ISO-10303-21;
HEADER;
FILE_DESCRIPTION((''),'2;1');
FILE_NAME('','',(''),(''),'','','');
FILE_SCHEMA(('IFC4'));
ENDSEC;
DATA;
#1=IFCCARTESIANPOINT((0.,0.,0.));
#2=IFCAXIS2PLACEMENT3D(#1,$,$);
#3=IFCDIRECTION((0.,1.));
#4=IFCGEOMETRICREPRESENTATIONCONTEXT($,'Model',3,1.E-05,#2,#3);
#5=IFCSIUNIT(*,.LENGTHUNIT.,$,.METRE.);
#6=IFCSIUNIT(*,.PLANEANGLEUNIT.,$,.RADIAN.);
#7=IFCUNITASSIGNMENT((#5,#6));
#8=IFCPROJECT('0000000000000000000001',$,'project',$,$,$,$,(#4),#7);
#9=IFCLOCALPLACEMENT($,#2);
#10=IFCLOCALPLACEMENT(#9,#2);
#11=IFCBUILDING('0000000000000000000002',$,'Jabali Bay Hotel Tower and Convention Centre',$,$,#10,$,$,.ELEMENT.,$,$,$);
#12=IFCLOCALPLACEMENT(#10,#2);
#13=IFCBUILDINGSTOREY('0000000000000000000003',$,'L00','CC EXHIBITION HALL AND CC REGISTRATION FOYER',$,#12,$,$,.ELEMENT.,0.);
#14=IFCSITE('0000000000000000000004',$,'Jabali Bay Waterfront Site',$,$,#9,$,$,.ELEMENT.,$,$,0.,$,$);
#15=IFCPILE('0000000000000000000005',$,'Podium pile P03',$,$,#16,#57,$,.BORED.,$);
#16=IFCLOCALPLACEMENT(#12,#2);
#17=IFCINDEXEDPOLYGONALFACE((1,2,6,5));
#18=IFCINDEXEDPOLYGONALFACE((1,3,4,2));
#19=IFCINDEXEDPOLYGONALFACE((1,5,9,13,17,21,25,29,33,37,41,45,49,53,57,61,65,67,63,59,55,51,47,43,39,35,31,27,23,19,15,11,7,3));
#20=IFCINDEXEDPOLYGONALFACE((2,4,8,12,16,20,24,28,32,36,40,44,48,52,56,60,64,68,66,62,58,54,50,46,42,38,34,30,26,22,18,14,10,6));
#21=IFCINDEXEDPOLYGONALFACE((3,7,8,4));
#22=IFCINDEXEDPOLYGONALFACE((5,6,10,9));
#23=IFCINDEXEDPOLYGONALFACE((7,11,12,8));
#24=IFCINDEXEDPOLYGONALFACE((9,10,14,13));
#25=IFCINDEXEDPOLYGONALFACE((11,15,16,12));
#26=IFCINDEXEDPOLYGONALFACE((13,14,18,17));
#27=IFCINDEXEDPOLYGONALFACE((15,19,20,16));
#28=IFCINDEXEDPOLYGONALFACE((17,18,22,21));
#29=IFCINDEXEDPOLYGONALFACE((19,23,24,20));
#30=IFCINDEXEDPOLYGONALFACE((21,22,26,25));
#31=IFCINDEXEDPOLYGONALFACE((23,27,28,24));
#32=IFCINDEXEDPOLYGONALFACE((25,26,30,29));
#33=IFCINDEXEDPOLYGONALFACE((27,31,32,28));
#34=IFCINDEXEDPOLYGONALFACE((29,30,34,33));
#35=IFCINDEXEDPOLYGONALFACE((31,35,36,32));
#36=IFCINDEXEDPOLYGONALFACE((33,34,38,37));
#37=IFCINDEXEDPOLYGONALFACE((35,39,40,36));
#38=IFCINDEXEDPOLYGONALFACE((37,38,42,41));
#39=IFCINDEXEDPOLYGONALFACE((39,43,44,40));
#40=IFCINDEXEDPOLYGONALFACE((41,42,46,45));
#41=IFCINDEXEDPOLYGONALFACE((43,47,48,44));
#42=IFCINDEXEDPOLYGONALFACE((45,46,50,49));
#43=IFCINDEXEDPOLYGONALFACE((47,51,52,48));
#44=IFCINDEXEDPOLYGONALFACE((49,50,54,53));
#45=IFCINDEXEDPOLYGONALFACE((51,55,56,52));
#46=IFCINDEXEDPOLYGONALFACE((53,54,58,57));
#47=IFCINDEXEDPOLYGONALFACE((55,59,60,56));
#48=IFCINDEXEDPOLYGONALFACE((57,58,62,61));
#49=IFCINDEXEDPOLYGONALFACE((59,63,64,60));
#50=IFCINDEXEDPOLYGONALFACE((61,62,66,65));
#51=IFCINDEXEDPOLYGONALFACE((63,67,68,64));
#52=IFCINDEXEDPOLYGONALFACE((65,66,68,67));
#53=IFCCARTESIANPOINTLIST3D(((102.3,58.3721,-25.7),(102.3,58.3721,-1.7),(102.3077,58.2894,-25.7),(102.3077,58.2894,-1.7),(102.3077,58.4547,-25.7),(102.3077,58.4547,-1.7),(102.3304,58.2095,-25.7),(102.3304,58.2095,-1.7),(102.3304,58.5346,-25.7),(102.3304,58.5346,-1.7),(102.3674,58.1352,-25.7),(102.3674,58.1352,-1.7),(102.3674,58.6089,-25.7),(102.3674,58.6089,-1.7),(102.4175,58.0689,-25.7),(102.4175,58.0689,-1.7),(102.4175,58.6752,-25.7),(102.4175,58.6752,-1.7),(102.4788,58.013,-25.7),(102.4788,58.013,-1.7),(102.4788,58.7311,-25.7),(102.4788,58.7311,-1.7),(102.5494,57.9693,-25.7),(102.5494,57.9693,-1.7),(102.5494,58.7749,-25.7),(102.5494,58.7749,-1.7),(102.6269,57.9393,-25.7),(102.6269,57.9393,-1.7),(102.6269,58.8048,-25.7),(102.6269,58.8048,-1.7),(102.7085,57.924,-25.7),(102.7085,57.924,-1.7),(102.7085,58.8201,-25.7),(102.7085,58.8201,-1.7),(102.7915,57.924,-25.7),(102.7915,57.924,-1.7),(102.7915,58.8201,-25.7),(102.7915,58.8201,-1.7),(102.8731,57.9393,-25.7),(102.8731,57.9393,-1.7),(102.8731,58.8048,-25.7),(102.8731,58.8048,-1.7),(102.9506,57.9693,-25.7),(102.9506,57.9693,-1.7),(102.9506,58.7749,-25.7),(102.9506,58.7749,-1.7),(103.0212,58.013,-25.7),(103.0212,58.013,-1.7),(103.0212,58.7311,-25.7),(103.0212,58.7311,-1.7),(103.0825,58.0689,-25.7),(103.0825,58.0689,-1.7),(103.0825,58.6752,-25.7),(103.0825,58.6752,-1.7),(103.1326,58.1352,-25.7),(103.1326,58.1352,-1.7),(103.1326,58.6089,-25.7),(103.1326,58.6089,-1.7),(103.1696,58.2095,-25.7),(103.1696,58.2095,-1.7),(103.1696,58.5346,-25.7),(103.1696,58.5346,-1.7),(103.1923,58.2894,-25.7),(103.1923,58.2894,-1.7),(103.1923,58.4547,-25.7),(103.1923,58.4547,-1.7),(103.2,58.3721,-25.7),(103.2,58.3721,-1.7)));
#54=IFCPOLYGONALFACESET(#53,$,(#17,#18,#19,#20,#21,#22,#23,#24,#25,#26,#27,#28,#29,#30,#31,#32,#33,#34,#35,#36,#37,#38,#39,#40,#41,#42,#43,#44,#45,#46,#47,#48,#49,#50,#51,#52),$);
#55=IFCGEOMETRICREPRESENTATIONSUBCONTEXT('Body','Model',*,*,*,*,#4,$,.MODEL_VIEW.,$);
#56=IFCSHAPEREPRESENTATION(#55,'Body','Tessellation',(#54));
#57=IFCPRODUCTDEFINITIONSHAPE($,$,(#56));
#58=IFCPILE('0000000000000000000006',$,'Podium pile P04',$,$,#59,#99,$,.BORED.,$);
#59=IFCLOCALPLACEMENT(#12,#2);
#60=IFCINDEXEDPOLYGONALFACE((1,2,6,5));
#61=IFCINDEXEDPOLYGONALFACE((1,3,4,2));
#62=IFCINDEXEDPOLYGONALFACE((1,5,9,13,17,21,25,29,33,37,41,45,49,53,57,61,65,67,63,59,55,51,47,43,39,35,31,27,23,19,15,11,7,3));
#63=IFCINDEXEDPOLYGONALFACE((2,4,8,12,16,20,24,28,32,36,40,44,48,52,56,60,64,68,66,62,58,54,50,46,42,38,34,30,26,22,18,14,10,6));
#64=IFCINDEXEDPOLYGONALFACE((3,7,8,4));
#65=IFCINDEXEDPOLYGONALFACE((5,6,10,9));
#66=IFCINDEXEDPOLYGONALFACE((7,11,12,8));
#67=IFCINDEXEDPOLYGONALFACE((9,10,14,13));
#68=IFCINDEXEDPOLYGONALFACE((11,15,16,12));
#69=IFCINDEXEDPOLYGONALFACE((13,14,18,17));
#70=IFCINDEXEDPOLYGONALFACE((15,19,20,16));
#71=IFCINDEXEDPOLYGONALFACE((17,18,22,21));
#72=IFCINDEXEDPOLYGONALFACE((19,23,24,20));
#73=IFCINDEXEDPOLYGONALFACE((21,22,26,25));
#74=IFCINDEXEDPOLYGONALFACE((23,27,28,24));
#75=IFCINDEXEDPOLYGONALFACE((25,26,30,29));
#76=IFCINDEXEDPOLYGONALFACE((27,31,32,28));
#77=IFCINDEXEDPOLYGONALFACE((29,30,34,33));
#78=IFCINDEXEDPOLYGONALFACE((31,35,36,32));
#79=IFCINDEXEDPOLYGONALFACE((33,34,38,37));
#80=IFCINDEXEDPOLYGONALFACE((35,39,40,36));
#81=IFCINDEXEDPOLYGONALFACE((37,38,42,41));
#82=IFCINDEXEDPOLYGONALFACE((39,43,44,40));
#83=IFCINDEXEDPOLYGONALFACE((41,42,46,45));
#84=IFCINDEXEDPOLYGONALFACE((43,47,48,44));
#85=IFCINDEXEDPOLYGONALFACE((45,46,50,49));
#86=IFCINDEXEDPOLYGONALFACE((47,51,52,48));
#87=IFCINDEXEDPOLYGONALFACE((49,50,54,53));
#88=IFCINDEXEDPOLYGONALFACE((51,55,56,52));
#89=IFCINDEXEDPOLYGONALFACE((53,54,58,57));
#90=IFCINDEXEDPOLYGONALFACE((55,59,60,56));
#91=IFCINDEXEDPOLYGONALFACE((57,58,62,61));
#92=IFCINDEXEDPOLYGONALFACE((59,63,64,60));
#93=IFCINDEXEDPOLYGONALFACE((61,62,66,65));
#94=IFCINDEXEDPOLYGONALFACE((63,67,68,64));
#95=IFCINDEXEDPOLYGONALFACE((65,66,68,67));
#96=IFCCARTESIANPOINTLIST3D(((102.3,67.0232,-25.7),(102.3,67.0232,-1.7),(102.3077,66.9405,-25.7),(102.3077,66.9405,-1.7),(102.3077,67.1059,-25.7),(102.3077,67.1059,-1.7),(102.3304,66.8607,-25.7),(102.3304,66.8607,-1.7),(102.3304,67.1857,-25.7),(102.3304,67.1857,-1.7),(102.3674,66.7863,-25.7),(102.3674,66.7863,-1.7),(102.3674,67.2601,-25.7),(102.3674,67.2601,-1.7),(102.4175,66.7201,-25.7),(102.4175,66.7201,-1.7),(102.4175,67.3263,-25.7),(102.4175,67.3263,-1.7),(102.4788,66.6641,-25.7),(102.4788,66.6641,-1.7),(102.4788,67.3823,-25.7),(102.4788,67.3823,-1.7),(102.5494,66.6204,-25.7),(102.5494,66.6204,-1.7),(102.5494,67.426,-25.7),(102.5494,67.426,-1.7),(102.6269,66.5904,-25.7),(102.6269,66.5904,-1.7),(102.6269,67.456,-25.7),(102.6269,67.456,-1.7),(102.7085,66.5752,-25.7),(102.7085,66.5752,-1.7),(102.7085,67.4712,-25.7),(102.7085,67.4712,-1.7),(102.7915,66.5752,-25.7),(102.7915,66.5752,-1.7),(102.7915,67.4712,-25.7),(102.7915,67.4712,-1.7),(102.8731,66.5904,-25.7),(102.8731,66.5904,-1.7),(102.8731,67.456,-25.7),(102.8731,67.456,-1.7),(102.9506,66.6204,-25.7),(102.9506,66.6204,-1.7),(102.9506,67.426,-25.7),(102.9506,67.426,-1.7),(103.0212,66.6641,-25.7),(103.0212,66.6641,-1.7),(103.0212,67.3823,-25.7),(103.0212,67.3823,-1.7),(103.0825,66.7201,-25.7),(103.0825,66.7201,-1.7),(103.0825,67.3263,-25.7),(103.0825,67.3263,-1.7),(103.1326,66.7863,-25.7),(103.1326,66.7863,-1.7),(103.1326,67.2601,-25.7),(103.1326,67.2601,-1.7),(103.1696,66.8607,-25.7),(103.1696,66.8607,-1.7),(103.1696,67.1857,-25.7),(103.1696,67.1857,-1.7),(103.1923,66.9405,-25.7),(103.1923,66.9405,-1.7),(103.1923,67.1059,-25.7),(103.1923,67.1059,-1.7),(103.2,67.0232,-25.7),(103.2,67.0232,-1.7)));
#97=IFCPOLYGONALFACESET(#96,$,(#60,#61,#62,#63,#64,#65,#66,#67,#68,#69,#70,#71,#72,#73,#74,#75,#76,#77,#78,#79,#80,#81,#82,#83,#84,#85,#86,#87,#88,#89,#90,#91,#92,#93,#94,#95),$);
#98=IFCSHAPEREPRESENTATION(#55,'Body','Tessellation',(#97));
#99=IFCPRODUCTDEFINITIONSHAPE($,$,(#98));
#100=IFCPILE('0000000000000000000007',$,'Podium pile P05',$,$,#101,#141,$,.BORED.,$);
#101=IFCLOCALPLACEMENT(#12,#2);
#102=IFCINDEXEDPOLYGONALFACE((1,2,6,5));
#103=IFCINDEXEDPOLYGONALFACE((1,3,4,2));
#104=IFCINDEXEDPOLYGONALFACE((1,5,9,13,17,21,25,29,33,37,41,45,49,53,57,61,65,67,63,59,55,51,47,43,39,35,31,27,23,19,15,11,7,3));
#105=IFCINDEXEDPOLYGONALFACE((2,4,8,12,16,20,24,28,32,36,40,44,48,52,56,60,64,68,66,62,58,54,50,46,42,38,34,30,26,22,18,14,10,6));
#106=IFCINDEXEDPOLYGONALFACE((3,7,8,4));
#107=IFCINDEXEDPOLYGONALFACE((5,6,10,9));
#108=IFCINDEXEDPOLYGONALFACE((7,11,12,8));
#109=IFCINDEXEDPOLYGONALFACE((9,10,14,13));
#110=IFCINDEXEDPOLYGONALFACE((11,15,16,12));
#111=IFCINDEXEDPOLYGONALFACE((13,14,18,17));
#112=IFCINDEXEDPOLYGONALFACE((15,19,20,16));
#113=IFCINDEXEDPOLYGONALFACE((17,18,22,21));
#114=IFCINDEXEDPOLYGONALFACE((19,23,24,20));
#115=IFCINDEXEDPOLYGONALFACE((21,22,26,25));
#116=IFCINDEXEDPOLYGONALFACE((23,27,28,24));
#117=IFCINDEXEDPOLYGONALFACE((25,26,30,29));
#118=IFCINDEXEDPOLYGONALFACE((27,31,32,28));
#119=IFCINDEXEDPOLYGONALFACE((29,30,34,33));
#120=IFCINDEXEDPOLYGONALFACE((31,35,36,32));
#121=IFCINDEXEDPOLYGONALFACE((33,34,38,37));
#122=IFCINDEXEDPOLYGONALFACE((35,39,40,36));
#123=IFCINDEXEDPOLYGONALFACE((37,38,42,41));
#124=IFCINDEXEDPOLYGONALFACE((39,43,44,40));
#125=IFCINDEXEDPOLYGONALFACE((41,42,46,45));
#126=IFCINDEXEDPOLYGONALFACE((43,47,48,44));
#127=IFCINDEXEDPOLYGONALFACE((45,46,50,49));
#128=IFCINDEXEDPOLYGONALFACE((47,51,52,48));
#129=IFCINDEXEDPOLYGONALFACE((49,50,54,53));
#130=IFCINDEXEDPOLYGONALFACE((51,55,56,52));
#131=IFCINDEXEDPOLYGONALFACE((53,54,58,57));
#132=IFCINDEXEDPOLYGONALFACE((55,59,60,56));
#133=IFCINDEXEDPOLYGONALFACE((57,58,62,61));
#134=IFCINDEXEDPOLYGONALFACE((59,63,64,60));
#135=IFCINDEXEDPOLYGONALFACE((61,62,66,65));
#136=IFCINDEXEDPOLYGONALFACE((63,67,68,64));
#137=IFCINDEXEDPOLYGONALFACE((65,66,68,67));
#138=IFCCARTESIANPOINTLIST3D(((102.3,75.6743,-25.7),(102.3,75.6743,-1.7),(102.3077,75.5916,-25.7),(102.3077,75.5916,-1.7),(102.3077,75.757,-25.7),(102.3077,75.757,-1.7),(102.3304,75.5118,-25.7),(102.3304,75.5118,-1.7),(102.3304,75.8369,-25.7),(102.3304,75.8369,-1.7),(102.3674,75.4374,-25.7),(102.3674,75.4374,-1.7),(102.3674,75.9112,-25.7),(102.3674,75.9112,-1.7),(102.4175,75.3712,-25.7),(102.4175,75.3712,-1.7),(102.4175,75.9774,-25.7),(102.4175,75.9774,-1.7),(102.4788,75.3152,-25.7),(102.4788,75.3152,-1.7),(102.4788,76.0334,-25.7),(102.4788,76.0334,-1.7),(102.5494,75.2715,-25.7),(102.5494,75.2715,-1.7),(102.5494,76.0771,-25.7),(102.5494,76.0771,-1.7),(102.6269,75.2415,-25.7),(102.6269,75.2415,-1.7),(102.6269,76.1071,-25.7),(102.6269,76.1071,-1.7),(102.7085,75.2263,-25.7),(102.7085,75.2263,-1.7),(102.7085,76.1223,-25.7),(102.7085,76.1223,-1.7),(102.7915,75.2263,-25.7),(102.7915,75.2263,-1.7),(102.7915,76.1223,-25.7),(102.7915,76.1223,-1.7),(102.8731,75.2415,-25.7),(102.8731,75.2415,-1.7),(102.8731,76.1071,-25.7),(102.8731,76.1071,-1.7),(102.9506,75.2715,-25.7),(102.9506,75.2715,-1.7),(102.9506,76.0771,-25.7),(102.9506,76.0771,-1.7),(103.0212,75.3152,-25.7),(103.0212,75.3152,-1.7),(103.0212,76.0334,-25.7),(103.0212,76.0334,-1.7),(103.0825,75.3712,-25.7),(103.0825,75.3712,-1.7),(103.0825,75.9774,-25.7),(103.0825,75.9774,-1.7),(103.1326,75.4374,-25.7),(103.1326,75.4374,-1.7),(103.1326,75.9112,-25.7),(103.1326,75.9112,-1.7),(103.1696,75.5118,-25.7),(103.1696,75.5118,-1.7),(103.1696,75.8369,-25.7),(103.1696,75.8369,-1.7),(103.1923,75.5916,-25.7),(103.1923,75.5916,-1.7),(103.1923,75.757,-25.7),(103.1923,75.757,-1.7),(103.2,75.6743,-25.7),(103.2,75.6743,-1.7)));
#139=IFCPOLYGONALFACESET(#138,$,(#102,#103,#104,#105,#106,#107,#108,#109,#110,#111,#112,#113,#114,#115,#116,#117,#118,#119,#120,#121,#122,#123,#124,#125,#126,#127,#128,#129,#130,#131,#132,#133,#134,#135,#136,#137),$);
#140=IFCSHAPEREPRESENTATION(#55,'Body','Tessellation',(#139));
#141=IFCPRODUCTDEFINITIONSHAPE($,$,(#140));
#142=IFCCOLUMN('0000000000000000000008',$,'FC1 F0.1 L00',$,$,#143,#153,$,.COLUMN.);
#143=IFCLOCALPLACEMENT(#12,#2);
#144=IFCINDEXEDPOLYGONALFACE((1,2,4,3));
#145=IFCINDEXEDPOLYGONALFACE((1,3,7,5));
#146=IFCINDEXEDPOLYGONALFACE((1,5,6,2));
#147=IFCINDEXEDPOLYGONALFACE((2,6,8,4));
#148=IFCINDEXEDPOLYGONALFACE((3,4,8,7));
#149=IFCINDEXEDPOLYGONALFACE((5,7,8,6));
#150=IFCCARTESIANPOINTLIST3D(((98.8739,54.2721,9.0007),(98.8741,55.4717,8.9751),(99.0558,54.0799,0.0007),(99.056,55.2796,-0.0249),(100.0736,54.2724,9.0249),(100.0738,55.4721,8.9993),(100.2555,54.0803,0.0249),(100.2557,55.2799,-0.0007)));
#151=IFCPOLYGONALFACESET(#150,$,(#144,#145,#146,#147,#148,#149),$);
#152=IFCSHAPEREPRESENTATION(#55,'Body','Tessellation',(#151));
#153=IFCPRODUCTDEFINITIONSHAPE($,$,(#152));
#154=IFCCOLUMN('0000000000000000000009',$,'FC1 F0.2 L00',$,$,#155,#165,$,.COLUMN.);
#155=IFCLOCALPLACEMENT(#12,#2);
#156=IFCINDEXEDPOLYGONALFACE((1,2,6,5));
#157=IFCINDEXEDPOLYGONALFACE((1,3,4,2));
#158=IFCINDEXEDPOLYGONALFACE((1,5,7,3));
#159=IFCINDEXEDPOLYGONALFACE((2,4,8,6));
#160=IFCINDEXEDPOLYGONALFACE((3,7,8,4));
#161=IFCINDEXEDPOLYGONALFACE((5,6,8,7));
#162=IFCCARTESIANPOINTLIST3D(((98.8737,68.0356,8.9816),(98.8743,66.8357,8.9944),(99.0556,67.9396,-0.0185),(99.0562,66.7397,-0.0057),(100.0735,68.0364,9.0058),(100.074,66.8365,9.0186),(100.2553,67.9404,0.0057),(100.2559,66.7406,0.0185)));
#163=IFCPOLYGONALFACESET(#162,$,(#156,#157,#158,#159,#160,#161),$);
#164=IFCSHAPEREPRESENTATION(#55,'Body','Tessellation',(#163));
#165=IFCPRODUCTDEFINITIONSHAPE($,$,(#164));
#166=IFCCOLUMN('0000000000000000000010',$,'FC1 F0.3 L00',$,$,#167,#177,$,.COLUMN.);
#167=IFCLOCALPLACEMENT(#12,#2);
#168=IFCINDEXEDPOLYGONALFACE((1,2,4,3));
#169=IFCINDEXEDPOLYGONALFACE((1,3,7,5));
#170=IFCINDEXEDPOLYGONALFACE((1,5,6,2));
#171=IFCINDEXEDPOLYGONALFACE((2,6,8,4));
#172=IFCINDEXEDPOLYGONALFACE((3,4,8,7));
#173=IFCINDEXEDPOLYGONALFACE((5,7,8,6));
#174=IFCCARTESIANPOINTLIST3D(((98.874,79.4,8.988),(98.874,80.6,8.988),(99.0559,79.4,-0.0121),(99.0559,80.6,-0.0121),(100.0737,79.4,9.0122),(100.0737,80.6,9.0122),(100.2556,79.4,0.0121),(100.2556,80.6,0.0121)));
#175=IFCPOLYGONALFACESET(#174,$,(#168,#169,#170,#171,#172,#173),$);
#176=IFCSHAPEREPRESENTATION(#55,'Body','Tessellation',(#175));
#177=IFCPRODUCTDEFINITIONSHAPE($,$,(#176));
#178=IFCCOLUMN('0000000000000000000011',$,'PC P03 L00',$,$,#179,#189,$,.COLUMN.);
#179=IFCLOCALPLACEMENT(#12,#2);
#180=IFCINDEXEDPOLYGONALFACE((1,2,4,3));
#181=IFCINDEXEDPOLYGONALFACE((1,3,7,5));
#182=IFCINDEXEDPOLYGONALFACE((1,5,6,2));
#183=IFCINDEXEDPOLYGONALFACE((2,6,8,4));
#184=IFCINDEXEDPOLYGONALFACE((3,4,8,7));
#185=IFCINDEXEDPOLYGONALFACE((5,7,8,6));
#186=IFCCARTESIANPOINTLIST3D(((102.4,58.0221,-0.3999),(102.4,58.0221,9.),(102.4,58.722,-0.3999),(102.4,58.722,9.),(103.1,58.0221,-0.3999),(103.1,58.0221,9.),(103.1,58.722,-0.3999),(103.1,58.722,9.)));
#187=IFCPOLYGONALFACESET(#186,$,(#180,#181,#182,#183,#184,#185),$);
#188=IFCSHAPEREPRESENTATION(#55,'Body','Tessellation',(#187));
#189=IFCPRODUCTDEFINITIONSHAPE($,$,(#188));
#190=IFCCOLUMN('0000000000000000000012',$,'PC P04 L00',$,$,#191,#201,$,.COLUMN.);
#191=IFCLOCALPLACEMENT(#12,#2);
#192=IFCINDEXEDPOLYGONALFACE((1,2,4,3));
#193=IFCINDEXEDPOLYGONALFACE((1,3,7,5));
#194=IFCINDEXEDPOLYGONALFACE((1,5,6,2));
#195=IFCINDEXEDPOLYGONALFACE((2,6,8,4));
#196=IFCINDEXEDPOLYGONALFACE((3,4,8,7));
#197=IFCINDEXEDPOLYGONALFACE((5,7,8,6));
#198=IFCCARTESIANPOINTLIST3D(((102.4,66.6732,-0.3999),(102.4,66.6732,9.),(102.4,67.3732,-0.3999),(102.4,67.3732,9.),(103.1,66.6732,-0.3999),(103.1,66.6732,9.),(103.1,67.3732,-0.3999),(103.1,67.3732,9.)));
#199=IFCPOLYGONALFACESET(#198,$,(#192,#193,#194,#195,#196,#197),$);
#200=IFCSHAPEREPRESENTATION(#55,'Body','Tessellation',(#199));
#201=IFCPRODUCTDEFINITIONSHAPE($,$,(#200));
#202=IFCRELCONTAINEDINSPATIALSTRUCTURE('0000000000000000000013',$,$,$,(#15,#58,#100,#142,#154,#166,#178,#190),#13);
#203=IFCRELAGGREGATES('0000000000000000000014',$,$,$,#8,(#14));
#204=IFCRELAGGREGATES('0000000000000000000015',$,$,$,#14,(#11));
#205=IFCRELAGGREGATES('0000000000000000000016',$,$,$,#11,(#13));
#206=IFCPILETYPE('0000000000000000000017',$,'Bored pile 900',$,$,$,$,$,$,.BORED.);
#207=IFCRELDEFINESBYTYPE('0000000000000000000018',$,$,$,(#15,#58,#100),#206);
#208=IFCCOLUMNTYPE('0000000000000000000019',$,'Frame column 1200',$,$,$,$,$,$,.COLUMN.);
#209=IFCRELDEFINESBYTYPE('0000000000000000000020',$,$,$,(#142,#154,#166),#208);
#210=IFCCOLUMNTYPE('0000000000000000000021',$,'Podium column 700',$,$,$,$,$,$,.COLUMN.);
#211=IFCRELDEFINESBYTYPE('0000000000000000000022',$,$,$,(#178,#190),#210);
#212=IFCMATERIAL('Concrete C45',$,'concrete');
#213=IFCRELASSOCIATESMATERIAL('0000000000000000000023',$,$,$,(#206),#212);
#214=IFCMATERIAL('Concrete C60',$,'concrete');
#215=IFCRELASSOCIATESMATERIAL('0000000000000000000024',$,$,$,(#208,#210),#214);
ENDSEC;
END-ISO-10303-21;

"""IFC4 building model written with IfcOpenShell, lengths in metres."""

from ifc_helpers import new_model, si_unit, direction, frame, origin, origin_2d, place, context, subcontext, project, spatial, rectangle, circle, extrude, material, material_profile, profile_set, type_object, element, save


model = new_model("IFC4")

# Units and contexts
model_context = context("Model", 3, precision=1e-05, world=origin(), true_north=direction((0.0, 1.0)))
body_context = subcontext(model_context, "Body", "Model", "MODEL_VIEW")
ifc_project = project(units=[si_unit("LENGTHUNIT", "METRE"), si_unit("PLANEANGLEUNIT", "RADIAN")], contexts=[model_context])

# Site, building, storey
site_placement = place(None, origin())
site = spatial("IfcSite", under=ifc_project, at=site_placement, Name="Jabali Bay Waterfront Site", CompositionType="ELEMENT", RefElevation=0.0)
building_placement = place(site_placement, origin())
building = spatial("IfcBuilding", under=site, at=building_placement, Name="Jabali Bay Hotel Tower and Convention Centre", CompositionType="ELEMENT")
storey_placement = place(building_placement, origin())
storey = spatial("IfcBuildingStorey", under=building, at=storey_placement, Name="L00", Description="CC EXHIBITION HALL AND CC REGISTRATION FOYER", CompositionType="ELEMENT", Elevation=0.0)

# Piles
ifc_material_1 = material(Name="Concrete C45", Category="concrete")
ifc_material_profile_1 = material_profile(ifc_material_1, circle(Radius=0.45, at=origin_2d()), Name="Bored pile 900")
ifc_profile_set_1 = profile_set([ifc_material_profile_1], Name="Concrete C45")
pile_type = type_object("IfcPileType", Name="Bored pile 900", PredefinedType="BORED", material=ifc_profile_set_1)
for number, where, z_axis, x_axis, name in (
    (1, (102.75, 58.3721, -1.7), (0.0, 0.0, -1.0), (1.0, 0.0, 0.0), "Podium pile P03"),
    (2, (102.75, 67.0232, -1.7), (0.0, 0.0, -1.0), (1.0, 0.0, 0.0), "Podium pile P04"),
    (3, (102.75, 75.6743, -1.7), (0.0, 0.0, -1.0), (1.0, 0.0, 0.0), "Podium pile P05"),
):
    element("IfcPile", number, at=place(storey_placement, frame(where, z_axis=z_axis, x_axis=x_axis)), inside=storey, type_object=pile_type, Name=name, PredefinedType="BORED", context=body_context, shape_type="SweptSolid", body=[
        extrude(circle(Radius=0.45, at=origin_2d()), origin(), (0.0, 0.0, 1.0), 24.0),
    ])

# Columns
ifc_material_2 = material(Name="Concrete C60", Category="concrete")
ifc_material_profile_2 = material_profile(ifc_material_2, rectangle(XDim=1.2, YDim=1.2, at=origin_2d()), Name="Frame column 1200")
ifc_profile_set_2 = profile_set([ifc_material_profile_2], Name="Concrete C60")
column_type_1 = type_object("IfcColumnType", Name="Frame column 1200", PredefinedType="COLUMN", material=ifc_profile_set_2)
column_1_placement = place(storey_placement, frame((99.6558, 54.6799, 0.0), z_axis=(-0.020201, 0.02134, 0.999568), x_axis=(-0.00016, -0.999772, 0.021341)))
element("IfcColumn", 4, at=column_1_placement, inside=storey, type_object=column_type_1, Name="FC1 F0.1 L00", PredefinedType="COLUMN", context=body_context, shape_type="SweptSolid", body=[
    extrude(rectangle(XDim=1.2, YDim=1.2, at=origin_2d()), origin(), (0.0, 0.0, 1.0), 9.0039),
])
column_2_placement = place(storey_placement, frame((99.6558, 67.3401, 0.0), z_axis=(-0.020204, 0.010658, 0.999739), x_axis=(0.000461, -0.999943, 0.01067)))
element("IfcColumn", 5, at=column_2_placement, inside=storey, type_object=column_type_1, Name="FC1 F0.2 L00", PredefinedType="COLUMN", context=body_context, shape_type="SweptSolid", body=[
    extrude(rectangle(XDim=1.2, YDim=1.2, at=origin_2d()), origin(), (0.0, 0.0, 1.0), 9.0024),
])
column_3_placement = place(storey_placement, frame((99.6558, 80.0, 0.0), z_axis=(-0.020205, 0.0, 0.999796), x_axis=(0.0, -1.0, 0.0)))
element("IfcColumn", 6, at=column_3_placement, inside=storey, type_object=column_type_1, Name="FC1 F0.3 L00", PredefinedType="COLUMN", context=body_context, shape_type="SweptSolid", body=[
    extrude(rectangle(XDim=1.2, YDim=1.2, at=origin_2d()), origin(), (0.0, 0.0, 1.0), 9.002),
])
ifc_material_profile_3 = material_profile(ifc_material_2, rectangle(XDim=0.7, YDim=0.7, at=origin_2d()), Name="Podium column 700")
ifc_profile_set_3 = profile_set([ifc_material_profile_3], Name="Concrete C60")
column_type_2 = type_object("IfcColumnType", Name="Podium column 700", PredefinedType="COLUMN", material=ifc_profile_set_3)
for number, where, z_axis, x_axis, name in (
    (7, (102.75, 58.3721, -0.3999), (0.0, 0.0, 1.0), (1.0, 0.0, 0.0), "PC P03 L00"),
    (8, (102.75, 67.0232, -0.3999), (0.0, 0.0, 1.0), (1.0, 0.0, 0.0), "PC P04 L00"),
):
    element("IfcColumn", number, at=place(storey_placement, frame(where, z_axis=z_axis, x_axis=x_axis)), inside=storey, type_object=column_type_2, Name=name, PredefinedType="COLUMN", context=body_context, shape_type="SweptSolid", body=[
        extrude(rectangle(XDim=0.7, YDim=0.7, at=origin_2d()), origin(), (0.0, 0.0, 1.0), 9.3999),
    ])

save(model, "model.ifc")
